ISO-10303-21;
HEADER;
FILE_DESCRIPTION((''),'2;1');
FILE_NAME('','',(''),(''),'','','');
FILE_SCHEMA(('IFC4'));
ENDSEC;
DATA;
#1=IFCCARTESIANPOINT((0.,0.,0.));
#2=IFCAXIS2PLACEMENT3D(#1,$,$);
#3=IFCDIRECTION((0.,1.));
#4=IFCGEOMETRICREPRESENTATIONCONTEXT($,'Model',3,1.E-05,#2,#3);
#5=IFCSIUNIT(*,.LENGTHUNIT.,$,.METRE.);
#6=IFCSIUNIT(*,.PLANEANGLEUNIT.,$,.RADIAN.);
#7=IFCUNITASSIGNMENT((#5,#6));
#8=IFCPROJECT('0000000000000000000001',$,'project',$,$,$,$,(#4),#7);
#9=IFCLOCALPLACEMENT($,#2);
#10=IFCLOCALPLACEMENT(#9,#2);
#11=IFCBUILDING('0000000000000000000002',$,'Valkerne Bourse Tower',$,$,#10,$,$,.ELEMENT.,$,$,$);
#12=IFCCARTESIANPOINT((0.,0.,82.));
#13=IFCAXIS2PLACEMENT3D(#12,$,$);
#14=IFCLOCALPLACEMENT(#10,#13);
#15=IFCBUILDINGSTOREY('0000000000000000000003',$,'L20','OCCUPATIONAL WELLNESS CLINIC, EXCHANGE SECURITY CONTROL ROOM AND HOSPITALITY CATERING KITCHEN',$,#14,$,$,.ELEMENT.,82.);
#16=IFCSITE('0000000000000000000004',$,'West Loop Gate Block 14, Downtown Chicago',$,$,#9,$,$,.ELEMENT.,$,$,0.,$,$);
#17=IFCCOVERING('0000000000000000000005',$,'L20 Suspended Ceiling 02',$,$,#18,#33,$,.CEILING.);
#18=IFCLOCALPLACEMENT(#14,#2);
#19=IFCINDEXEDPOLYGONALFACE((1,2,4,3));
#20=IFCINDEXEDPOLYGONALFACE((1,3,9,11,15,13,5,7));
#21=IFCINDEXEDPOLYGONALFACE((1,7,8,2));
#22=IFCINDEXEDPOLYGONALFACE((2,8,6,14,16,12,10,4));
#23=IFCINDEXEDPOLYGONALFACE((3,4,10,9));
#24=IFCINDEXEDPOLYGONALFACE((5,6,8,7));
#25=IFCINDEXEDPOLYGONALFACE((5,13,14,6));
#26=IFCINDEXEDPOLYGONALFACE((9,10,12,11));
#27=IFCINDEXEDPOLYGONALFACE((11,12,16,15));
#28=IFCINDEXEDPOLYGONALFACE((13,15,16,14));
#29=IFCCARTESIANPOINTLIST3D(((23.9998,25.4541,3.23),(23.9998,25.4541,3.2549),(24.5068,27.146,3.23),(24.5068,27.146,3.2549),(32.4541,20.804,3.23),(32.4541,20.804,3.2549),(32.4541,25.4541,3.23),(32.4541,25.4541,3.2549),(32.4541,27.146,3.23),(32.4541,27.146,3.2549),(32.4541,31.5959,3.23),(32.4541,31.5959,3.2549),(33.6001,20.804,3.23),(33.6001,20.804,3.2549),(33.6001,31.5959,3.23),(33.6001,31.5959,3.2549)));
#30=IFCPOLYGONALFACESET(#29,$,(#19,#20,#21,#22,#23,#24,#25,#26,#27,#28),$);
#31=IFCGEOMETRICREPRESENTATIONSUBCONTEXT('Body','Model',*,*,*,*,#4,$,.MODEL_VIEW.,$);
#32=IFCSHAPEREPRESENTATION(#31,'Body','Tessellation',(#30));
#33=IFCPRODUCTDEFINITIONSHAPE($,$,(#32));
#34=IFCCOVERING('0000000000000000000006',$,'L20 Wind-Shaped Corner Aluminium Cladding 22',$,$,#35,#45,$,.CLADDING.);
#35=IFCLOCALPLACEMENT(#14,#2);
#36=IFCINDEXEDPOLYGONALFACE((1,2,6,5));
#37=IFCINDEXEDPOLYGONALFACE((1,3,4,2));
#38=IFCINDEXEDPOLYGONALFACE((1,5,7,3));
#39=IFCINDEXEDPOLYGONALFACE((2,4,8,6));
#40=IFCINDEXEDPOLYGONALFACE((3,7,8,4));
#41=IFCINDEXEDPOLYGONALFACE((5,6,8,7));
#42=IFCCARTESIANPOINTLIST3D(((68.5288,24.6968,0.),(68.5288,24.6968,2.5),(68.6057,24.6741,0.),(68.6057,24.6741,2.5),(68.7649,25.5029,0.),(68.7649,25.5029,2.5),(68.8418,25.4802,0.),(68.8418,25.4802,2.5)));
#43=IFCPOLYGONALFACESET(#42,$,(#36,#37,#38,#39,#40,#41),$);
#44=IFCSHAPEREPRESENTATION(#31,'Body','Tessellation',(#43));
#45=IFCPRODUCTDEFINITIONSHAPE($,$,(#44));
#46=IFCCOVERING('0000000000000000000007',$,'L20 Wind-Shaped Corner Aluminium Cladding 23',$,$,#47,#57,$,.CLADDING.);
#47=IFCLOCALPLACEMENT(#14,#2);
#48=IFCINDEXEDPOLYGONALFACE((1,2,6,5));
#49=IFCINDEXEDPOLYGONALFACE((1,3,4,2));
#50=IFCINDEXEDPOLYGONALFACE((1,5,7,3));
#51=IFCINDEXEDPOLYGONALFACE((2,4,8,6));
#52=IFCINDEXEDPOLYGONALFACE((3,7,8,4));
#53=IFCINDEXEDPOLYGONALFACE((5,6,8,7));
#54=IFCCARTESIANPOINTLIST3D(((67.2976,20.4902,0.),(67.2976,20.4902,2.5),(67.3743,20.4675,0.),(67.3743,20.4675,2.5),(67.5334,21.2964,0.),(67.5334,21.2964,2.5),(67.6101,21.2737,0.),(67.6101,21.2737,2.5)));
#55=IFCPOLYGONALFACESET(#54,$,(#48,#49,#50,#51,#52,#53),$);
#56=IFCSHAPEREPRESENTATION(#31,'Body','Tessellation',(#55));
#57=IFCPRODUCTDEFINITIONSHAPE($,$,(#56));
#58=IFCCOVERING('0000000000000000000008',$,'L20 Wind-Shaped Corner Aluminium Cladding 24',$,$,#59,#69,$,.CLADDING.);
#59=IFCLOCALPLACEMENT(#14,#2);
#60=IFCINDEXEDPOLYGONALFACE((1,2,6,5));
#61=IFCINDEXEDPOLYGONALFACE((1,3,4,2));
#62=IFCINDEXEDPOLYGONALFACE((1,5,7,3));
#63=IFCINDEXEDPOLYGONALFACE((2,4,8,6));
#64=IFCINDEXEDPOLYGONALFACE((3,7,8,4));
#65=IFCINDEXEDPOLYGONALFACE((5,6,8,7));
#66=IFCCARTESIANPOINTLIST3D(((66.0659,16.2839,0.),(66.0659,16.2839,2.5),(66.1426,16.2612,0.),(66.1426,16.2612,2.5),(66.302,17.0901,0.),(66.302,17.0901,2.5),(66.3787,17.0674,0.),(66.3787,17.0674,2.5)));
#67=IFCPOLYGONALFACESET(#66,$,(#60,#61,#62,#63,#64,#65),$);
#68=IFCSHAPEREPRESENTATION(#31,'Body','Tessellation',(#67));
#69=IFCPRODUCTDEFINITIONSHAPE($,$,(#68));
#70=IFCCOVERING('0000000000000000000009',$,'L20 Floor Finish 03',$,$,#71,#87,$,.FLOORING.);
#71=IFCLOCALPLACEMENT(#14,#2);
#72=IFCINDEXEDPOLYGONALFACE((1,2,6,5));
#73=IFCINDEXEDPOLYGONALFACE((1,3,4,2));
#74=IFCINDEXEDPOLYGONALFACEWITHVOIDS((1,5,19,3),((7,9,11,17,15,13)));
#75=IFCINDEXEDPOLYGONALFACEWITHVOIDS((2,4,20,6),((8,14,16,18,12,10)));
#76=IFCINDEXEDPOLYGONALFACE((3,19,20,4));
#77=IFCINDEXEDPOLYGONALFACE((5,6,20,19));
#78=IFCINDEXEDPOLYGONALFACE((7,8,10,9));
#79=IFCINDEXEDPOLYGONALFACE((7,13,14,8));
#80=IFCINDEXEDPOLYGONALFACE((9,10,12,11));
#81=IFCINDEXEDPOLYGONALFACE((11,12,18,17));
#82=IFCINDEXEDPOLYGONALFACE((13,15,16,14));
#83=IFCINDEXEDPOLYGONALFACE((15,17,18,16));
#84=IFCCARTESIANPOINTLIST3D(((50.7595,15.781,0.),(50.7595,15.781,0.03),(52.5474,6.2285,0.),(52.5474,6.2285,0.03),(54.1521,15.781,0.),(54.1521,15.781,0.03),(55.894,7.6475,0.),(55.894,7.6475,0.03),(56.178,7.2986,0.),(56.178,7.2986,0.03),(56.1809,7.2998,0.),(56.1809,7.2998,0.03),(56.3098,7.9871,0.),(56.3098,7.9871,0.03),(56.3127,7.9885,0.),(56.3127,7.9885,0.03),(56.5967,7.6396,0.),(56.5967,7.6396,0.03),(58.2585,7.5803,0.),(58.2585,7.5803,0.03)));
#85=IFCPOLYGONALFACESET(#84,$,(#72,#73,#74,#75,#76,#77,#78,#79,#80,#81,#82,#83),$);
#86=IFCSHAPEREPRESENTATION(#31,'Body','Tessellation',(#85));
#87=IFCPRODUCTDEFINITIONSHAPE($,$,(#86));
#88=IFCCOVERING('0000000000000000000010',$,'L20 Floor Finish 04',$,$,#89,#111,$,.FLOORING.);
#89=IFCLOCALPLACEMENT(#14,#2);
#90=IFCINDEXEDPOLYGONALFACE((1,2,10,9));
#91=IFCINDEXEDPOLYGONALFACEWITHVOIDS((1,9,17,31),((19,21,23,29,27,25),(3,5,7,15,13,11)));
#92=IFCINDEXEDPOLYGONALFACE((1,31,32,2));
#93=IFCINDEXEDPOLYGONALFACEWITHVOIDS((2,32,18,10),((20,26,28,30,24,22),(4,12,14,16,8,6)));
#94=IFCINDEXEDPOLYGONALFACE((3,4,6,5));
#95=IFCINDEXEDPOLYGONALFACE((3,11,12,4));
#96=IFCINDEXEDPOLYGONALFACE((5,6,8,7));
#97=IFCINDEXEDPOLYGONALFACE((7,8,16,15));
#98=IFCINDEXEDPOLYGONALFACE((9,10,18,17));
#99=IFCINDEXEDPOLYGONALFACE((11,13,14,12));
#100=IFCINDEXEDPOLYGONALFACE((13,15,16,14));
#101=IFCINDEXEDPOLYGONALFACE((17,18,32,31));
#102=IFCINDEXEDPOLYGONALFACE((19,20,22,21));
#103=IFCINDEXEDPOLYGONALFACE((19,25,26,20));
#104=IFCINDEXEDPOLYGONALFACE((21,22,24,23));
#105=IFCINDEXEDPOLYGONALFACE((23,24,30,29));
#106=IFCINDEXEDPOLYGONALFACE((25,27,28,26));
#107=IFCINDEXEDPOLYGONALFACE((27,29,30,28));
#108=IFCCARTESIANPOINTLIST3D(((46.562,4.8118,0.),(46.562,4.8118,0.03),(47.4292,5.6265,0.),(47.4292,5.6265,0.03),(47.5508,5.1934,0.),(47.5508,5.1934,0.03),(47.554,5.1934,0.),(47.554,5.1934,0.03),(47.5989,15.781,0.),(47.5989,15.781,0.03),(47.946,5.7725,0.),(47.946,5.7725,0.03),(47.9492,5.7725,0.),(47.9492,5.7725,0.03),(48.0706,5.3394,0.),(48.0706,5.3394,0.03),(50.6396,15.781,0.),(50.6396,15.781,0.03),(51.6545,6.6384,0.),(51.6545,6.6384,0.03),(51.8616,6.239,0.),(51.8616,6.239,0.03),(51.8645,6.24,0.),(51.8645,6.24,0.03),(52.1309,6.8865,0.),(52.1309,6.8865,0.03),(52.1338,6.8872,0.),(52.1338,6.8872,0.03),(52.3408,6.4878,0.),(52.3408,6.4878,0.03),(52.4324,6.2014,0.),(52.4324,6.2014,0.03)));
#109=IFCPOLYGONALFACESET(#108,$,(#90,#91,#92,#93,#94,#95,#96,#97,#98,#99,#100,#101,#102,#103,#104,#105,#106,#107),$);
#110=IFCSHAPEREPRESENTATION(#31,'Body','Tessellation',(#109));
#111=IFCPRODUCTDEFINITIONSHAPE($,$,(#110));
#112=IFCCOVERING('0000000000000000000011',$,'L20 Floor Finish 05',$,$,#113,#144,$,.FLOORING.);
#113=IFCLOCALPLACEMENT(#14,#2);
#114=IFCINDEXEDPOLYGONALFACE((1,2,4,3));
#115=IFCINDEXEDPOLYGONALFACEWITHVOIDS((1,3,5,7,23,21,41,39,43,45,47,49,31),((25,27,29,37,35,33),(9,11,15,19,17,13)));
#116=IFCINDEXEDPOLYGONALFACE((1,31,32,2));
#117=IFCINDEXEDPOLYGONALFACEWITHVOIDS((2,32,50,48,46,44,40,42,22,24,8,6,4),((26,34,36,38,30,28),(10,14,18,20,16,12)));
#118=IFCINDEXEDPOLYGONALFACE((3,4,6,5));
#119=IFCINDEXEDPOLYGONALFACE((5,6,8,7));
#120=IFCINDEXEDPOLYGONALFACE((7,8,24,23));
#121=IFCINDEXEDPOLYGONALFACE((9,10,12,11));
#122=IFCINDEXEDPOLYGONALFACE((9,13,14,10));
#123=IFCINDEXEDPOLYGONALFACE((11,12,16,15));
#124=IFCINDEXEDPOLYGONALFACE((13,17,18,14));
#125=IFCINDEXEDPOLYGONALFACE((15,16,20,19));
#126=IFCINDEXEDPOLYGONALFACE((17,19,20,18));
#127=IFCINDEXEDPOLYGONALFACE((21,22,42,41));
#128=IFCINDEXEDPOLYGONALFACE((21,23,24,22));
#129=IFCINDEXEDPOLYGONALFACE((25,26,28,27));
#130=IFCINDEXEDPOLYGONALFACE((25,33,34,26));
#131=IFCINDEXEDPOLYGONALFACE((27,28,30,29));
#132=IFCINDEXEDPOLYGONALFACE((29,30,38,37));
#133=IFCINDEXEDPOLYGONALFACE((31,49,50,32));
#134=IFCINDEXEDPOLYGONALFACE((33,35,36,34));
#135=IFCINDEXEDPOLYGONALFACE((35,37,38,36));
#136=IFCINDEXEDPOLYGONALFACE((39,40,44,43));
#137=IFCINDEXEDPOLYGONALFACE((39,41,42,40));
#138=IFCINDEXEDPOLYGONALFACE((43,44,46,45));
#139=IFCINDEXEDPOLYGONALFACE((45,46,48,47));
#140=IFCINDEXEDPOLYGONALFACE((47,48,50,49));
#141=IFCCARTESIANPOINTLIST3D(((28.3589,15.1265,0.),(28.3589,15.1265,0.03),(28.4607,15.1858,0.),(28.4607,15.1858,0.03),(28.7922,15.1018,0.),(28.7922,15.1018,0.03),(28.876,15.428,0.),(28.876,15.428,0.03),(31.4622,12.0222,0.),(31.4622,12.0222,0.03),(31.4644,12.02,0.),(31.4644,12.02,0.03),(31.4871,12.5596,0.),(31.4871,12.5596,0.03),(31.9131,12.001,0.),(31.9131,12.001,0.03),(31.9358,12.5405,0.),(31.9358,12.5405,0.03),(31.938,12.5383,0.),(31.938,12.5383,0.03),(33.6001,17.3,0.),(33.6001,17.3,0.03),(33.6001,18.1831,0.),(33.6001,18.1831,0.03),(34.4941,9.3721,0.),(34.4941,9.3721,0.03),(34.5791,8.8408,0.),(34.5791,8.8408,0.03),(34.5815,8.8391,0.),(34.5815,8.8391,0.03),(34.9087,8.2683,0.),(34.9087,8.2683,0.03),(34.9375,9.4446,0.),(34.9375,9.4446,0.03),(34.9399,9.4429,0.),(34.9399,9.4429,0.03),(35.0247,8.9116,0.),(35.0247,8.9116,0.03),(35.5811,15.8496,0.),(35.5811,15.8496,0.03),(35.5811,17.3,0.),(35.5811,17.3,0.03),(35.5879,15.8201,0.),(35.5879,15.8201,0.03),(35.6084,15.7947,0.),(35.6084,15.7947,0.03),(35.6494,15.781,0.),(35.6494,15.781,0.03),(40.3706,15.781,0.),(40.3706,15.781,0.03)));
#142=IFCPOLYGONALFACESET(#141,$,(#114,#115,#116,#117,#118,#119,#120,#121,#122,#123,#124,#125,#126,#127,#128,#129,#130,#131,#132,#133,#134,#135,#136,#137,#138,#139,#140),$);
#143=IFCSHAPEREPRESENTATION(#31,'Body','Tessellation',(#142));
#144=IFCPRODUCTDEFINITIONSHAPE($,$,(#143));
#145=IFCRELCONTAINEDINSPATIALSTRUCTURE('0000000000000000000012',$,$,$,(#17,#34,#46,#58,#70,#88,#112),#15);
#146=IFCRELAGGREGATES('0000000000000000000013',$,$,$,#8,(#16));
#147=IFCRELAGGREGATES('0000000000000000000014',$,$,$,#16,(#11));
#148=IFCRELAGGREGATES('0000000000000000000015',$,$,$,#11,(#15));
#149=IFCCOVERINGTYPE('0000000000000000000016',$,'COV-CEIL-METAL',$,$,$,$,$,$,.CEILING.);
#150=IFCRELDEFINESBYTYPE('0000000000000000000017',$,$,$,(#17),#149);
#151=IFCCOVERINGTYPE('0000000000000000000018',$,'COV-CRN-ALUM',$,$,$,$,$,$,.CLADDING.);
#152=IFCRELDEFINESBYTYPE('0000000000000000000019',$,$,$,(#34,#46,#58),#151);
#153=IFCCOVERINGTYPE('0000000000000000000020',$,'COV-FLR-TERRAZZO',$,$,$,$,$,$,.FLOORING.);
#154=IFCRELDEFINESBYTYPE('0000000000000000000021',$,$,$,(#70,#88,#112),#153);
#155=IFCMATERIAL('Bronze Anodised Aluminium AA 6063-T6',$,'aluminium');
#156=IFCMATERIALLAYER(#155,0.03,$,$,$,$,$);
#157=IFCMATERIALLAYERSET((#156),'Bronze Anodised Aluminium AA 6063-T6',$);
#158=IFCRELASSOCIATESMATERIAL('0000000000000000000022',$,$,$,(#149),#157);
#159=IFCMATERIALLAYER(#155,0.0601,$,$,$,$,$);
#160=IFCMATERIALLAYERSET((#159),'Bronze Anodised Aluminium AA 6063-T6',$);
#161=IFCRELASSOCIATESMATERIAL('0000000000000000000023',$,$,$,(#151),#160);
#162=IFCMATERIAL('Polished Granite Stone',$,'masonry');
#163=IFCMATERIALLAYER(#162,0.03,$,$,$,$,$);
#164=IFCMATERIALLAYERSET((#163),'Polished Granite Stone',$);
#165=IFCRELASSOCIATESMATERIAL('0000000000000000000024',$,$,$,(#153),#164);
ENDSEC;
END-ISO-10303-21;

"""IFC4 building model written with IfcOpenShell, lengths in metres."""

from ifc_helpers import new_model, si_unit, direction, frame, origin, place, context, subcontext, project, spatial, polyline, outline, extrude, material, layer, layer_set, type_object, element, save


model = new_model("IFC4")

# Units and contexts
model_context = context("Model", 3, precision=1e-05, world=origin(), true_north=direction((0.0, 1.0)))
body_context = subcontext(model_context, "Body", "Model", "MODEL_VIEW")
ifc_project = project(units=[si_unit("LENGTHUNIT", "METRE"), si_unit("PLANEANGLEUNIT", "RADIAN")], contexts=[model_context])

# Site, building, storey
site_placement = place(None, origin())
site = spatial("IfcSite", under=ifc_project, at=site_placement, Name="West Loop Gate Block 14, Downtown Chicago", CompositionType="ELEMENT", RefElevation=0.0)
building_placement = place(site_placement, origin())
building = spatial("IfcBuilding", under=site, at=building_placement, Name="Valkerne Bourse Tower", CompositionType="ELEMENT")
storey_placement = place(building_placement, frame((0.0, 0.0, 82.0)))
storey = spatial("IfcBuildingStorey", under=building, at=storey_placement, Name="L20", Description="OCCUPATIONAL WELLNESS CLINIC, EXCHANGE SECURITY CONTROL ROOM AND HOSPITALITY CATERING KITCHEN", CompositionType="ELEMENT", Elevation=82.0)

# Coverings
ifc_material_1 = material(Name="Bronze Anodised Aluminium AA 6063-T6", Category="aluminium")
ifc_layer_1 = layer(ifc_material_1, 0.03)
ifc_layer_set_1 = layer_set([ifc_layer_1], Name="Bronze Anodised Aluminium AA 6063-T6")
covering_type_1 = type_object("IfcCoveringType", Name="COV-CEIL-METAL", PredefinedType="CEILING", material=ifc_layer_set_1)
covering_1_placement = place(storey_placement, frame((0.0, 0.0, 3.23)))
element("IfcCovering", 1, at=covering_1_placement, inside=storey, type_object=covering_type_1, Name="L20 Suspended Ceiling 02", PredefinedType="CEILING", context=body_context, shape_type="SweptSolid", body=[
    extrude(outline(polyline([(32.4541, 20.804), (32.4541, 25.4541), (23.9998, 25.4541), (24.5068, 27.146), (32.4541, 27.146), (32.4541, 31.5959), (33.6001, 31.5959), (33.6001, 20.804), (32.4541, 20.804)])), origin(), (0.0, 0.0, 1.0), 0.0249),
])
ifc_layer_2 = layer(ifc_material_1, 0.0601)
ifc_layer_set_2 = layer_set([ifc_layer_2], Name="Bronze Anodised Aluminium AA 6063-T6")
covering_type_2 = type_object("IfcCoveringType", Name="COV-CRN-ALUM", PredefinedType="CLADDING", material=ifc_layer_set_2)
covering_2_placement = place(storey_placement, origin())
element("IfcCovering", 2, at=covering_2_placement, inside=storey, type_object=covering_type_2, Name="L20 Wind-Shaped Corner Aluminium Cladding 22", PredefinedType="CLADDING", context=body_context, shape_type="SweptSolid", body=[
    extrude(outline(polyline([(68.6057, 24.6741), (68.5288, 24.6968), (68.7649, 25.5029), (68.8418, 25.4802), (68.6057, 24.6741)])), origin(), (0.0, 0.0, 1.0), 2.5),
])
covering_3_placement = place(storey_placement, origin())
element("IfcCovering", 3, at=covering_3_placement, inside=storey, type_object=covering_type_2, Name="L20 Wind-Shaped Corner Aluminium Cladding 23", PredefinedType="CLADDING", context=body_context, shape_type="SweptSolid", body=[
    extrude(outline(polyline([(67.3743, 20.4675), (67.2976, 20.4902), (67.5334, 21.2964), (67.6101, 21.2737), (67.3743, 20.4675)])), origin(), (0.0, 0.0, 1.0), 2.5),
])
covering_4_placement = place(storey_placement, origin())
element("IfcCovering", 4, at=covering_4_placement, inside=storey, type_object=covering_type_2, Name="L20 Wind-Shaped Corner Aluminium Cladding 24", PredefinedType="CLADDING", context=body_context, shape_type="SweptSolid", body=[
    extrude(outline(polyline([(66.1426, 16.2612), (66.0659, 16.2839), (66.302, 17.0901), (66.3787, 17.0674), (66.1426, 16.2612)])), origin(), (0.0, 0.0, 1.0), 2.5),
])
ifc_material_2 = material(Name="Polished Granite Stone", Category="masonry")
ifc_layer_3 = layer(ifc_material_2, 0.03)
ifc_layer_set_3 = layer_set([ifc_layer_3], Name="Polished Granite Stone")
covering_type_3 = type_object("IfcCoveringType", Name="COV-FLR-TERRAZZO", PredefinedType="FLOORING", material=ifc_layer_set_3)
covering_5_placement = place(storey_placement, origin())
element("IfcCovering", 5, at=covering_5_placement, inside=storey, type_object=covering_type_3, Name="L20 Floor Finish 03", PredefinedType="FLOORING", context=body_context, shape_type="SweptSolid", body=[
    extrude(outline(polyline([(54.1521, 15.781), (58.2585, 7.5803), (52.5474, 6.2285), (50.7595, 15.781), (54.1521, 15.781)]), holes=[polyline([(56.1809, 7.2998), (56.5967, 7.6396), (56.3127, 7.9885), (56.3098, 7.9871), (55.894, 7.6475), (56.178, 7.2986), (56.1809, 7.2998)])]), origin(), (0.0, 0.0, 1.0), 0.03),
])
covering_6_placement = place(storey_placement, origin())
element("IfcCovering", 6, at=covering_6_placement, inside=storey, type_object=covering_type_3, Name="L20 Floor Finish 04", PredefinedType="FLOORING", context=body_context, shape_type="SweptSolid", body=[
    extrude(outline(polyline([(50.6396, 15.781), (52.4324, 6.2014), (46.562, 4.8118), (47.5989, 15.781), (50.6396, 15.781)]), holes=[polyline([(48.0706, 5.3394), (47.9492, 5.7725), (47.946, 5.7725), (47.4292, 5.6265), (47.5508, 5.1934), (47.554, 5.1934), (48.0706, 5.3394)]), polyline([(52.3408, 6.4878), (52.1338, 6.8872), (52.1309, 6.8865), (51.6545, 6.6384), (51.8616, 6.239), (51.8645, 6.24), (52.3408, 6.4878)])]), origin(), (0.0, 0.0, 1.0), 0.03),
])
covering_7_placement = place(storey_placement, origin())
element("IfcCovering", 7, at=covering_7_placement, inside=storey, type_object=covering_type_3, Name="L20 Floor Finish 05", PredefinedType="FLOORING", context=body_context, shape_type="SweptSolid", body=[
    extrude(outline(polyline([(35.5811, 15.8496), (35.5879, 15.8201), (35.6084, 15.7947), (35.6494, 15.781), (40.3706, 15.781), (34.9087, 8.2683), (28.3589, 15.1265), (28.4607, 15.1858), (28.7922, 15.1018), (28.876, 15.428), (33.6001, 18.1831), (33.6001, 17.3), (35.5811, 17.3), (35.5811, 15.8496)]), holes=[polyline([(34.9399, 9.4429), (34.9375, 9.4446), (34.4941, 9.3721), (34.5791, 8.8408), (34.5815, 8.8391), (35.0247, 8.9116), (34.9399, 9.4429)]), polyline([(31.9358, 12.5405), (31.4871, 12.5596), (31.4622, 12.0222), (31.4644, 12.02), (31.9131, 12.001), (31.938, 12.5383), (31.9358, 12.5405)])]), origin(), (0.0, 0.0, 1.0), 0.03),
])

save(model, "model.ifc")
